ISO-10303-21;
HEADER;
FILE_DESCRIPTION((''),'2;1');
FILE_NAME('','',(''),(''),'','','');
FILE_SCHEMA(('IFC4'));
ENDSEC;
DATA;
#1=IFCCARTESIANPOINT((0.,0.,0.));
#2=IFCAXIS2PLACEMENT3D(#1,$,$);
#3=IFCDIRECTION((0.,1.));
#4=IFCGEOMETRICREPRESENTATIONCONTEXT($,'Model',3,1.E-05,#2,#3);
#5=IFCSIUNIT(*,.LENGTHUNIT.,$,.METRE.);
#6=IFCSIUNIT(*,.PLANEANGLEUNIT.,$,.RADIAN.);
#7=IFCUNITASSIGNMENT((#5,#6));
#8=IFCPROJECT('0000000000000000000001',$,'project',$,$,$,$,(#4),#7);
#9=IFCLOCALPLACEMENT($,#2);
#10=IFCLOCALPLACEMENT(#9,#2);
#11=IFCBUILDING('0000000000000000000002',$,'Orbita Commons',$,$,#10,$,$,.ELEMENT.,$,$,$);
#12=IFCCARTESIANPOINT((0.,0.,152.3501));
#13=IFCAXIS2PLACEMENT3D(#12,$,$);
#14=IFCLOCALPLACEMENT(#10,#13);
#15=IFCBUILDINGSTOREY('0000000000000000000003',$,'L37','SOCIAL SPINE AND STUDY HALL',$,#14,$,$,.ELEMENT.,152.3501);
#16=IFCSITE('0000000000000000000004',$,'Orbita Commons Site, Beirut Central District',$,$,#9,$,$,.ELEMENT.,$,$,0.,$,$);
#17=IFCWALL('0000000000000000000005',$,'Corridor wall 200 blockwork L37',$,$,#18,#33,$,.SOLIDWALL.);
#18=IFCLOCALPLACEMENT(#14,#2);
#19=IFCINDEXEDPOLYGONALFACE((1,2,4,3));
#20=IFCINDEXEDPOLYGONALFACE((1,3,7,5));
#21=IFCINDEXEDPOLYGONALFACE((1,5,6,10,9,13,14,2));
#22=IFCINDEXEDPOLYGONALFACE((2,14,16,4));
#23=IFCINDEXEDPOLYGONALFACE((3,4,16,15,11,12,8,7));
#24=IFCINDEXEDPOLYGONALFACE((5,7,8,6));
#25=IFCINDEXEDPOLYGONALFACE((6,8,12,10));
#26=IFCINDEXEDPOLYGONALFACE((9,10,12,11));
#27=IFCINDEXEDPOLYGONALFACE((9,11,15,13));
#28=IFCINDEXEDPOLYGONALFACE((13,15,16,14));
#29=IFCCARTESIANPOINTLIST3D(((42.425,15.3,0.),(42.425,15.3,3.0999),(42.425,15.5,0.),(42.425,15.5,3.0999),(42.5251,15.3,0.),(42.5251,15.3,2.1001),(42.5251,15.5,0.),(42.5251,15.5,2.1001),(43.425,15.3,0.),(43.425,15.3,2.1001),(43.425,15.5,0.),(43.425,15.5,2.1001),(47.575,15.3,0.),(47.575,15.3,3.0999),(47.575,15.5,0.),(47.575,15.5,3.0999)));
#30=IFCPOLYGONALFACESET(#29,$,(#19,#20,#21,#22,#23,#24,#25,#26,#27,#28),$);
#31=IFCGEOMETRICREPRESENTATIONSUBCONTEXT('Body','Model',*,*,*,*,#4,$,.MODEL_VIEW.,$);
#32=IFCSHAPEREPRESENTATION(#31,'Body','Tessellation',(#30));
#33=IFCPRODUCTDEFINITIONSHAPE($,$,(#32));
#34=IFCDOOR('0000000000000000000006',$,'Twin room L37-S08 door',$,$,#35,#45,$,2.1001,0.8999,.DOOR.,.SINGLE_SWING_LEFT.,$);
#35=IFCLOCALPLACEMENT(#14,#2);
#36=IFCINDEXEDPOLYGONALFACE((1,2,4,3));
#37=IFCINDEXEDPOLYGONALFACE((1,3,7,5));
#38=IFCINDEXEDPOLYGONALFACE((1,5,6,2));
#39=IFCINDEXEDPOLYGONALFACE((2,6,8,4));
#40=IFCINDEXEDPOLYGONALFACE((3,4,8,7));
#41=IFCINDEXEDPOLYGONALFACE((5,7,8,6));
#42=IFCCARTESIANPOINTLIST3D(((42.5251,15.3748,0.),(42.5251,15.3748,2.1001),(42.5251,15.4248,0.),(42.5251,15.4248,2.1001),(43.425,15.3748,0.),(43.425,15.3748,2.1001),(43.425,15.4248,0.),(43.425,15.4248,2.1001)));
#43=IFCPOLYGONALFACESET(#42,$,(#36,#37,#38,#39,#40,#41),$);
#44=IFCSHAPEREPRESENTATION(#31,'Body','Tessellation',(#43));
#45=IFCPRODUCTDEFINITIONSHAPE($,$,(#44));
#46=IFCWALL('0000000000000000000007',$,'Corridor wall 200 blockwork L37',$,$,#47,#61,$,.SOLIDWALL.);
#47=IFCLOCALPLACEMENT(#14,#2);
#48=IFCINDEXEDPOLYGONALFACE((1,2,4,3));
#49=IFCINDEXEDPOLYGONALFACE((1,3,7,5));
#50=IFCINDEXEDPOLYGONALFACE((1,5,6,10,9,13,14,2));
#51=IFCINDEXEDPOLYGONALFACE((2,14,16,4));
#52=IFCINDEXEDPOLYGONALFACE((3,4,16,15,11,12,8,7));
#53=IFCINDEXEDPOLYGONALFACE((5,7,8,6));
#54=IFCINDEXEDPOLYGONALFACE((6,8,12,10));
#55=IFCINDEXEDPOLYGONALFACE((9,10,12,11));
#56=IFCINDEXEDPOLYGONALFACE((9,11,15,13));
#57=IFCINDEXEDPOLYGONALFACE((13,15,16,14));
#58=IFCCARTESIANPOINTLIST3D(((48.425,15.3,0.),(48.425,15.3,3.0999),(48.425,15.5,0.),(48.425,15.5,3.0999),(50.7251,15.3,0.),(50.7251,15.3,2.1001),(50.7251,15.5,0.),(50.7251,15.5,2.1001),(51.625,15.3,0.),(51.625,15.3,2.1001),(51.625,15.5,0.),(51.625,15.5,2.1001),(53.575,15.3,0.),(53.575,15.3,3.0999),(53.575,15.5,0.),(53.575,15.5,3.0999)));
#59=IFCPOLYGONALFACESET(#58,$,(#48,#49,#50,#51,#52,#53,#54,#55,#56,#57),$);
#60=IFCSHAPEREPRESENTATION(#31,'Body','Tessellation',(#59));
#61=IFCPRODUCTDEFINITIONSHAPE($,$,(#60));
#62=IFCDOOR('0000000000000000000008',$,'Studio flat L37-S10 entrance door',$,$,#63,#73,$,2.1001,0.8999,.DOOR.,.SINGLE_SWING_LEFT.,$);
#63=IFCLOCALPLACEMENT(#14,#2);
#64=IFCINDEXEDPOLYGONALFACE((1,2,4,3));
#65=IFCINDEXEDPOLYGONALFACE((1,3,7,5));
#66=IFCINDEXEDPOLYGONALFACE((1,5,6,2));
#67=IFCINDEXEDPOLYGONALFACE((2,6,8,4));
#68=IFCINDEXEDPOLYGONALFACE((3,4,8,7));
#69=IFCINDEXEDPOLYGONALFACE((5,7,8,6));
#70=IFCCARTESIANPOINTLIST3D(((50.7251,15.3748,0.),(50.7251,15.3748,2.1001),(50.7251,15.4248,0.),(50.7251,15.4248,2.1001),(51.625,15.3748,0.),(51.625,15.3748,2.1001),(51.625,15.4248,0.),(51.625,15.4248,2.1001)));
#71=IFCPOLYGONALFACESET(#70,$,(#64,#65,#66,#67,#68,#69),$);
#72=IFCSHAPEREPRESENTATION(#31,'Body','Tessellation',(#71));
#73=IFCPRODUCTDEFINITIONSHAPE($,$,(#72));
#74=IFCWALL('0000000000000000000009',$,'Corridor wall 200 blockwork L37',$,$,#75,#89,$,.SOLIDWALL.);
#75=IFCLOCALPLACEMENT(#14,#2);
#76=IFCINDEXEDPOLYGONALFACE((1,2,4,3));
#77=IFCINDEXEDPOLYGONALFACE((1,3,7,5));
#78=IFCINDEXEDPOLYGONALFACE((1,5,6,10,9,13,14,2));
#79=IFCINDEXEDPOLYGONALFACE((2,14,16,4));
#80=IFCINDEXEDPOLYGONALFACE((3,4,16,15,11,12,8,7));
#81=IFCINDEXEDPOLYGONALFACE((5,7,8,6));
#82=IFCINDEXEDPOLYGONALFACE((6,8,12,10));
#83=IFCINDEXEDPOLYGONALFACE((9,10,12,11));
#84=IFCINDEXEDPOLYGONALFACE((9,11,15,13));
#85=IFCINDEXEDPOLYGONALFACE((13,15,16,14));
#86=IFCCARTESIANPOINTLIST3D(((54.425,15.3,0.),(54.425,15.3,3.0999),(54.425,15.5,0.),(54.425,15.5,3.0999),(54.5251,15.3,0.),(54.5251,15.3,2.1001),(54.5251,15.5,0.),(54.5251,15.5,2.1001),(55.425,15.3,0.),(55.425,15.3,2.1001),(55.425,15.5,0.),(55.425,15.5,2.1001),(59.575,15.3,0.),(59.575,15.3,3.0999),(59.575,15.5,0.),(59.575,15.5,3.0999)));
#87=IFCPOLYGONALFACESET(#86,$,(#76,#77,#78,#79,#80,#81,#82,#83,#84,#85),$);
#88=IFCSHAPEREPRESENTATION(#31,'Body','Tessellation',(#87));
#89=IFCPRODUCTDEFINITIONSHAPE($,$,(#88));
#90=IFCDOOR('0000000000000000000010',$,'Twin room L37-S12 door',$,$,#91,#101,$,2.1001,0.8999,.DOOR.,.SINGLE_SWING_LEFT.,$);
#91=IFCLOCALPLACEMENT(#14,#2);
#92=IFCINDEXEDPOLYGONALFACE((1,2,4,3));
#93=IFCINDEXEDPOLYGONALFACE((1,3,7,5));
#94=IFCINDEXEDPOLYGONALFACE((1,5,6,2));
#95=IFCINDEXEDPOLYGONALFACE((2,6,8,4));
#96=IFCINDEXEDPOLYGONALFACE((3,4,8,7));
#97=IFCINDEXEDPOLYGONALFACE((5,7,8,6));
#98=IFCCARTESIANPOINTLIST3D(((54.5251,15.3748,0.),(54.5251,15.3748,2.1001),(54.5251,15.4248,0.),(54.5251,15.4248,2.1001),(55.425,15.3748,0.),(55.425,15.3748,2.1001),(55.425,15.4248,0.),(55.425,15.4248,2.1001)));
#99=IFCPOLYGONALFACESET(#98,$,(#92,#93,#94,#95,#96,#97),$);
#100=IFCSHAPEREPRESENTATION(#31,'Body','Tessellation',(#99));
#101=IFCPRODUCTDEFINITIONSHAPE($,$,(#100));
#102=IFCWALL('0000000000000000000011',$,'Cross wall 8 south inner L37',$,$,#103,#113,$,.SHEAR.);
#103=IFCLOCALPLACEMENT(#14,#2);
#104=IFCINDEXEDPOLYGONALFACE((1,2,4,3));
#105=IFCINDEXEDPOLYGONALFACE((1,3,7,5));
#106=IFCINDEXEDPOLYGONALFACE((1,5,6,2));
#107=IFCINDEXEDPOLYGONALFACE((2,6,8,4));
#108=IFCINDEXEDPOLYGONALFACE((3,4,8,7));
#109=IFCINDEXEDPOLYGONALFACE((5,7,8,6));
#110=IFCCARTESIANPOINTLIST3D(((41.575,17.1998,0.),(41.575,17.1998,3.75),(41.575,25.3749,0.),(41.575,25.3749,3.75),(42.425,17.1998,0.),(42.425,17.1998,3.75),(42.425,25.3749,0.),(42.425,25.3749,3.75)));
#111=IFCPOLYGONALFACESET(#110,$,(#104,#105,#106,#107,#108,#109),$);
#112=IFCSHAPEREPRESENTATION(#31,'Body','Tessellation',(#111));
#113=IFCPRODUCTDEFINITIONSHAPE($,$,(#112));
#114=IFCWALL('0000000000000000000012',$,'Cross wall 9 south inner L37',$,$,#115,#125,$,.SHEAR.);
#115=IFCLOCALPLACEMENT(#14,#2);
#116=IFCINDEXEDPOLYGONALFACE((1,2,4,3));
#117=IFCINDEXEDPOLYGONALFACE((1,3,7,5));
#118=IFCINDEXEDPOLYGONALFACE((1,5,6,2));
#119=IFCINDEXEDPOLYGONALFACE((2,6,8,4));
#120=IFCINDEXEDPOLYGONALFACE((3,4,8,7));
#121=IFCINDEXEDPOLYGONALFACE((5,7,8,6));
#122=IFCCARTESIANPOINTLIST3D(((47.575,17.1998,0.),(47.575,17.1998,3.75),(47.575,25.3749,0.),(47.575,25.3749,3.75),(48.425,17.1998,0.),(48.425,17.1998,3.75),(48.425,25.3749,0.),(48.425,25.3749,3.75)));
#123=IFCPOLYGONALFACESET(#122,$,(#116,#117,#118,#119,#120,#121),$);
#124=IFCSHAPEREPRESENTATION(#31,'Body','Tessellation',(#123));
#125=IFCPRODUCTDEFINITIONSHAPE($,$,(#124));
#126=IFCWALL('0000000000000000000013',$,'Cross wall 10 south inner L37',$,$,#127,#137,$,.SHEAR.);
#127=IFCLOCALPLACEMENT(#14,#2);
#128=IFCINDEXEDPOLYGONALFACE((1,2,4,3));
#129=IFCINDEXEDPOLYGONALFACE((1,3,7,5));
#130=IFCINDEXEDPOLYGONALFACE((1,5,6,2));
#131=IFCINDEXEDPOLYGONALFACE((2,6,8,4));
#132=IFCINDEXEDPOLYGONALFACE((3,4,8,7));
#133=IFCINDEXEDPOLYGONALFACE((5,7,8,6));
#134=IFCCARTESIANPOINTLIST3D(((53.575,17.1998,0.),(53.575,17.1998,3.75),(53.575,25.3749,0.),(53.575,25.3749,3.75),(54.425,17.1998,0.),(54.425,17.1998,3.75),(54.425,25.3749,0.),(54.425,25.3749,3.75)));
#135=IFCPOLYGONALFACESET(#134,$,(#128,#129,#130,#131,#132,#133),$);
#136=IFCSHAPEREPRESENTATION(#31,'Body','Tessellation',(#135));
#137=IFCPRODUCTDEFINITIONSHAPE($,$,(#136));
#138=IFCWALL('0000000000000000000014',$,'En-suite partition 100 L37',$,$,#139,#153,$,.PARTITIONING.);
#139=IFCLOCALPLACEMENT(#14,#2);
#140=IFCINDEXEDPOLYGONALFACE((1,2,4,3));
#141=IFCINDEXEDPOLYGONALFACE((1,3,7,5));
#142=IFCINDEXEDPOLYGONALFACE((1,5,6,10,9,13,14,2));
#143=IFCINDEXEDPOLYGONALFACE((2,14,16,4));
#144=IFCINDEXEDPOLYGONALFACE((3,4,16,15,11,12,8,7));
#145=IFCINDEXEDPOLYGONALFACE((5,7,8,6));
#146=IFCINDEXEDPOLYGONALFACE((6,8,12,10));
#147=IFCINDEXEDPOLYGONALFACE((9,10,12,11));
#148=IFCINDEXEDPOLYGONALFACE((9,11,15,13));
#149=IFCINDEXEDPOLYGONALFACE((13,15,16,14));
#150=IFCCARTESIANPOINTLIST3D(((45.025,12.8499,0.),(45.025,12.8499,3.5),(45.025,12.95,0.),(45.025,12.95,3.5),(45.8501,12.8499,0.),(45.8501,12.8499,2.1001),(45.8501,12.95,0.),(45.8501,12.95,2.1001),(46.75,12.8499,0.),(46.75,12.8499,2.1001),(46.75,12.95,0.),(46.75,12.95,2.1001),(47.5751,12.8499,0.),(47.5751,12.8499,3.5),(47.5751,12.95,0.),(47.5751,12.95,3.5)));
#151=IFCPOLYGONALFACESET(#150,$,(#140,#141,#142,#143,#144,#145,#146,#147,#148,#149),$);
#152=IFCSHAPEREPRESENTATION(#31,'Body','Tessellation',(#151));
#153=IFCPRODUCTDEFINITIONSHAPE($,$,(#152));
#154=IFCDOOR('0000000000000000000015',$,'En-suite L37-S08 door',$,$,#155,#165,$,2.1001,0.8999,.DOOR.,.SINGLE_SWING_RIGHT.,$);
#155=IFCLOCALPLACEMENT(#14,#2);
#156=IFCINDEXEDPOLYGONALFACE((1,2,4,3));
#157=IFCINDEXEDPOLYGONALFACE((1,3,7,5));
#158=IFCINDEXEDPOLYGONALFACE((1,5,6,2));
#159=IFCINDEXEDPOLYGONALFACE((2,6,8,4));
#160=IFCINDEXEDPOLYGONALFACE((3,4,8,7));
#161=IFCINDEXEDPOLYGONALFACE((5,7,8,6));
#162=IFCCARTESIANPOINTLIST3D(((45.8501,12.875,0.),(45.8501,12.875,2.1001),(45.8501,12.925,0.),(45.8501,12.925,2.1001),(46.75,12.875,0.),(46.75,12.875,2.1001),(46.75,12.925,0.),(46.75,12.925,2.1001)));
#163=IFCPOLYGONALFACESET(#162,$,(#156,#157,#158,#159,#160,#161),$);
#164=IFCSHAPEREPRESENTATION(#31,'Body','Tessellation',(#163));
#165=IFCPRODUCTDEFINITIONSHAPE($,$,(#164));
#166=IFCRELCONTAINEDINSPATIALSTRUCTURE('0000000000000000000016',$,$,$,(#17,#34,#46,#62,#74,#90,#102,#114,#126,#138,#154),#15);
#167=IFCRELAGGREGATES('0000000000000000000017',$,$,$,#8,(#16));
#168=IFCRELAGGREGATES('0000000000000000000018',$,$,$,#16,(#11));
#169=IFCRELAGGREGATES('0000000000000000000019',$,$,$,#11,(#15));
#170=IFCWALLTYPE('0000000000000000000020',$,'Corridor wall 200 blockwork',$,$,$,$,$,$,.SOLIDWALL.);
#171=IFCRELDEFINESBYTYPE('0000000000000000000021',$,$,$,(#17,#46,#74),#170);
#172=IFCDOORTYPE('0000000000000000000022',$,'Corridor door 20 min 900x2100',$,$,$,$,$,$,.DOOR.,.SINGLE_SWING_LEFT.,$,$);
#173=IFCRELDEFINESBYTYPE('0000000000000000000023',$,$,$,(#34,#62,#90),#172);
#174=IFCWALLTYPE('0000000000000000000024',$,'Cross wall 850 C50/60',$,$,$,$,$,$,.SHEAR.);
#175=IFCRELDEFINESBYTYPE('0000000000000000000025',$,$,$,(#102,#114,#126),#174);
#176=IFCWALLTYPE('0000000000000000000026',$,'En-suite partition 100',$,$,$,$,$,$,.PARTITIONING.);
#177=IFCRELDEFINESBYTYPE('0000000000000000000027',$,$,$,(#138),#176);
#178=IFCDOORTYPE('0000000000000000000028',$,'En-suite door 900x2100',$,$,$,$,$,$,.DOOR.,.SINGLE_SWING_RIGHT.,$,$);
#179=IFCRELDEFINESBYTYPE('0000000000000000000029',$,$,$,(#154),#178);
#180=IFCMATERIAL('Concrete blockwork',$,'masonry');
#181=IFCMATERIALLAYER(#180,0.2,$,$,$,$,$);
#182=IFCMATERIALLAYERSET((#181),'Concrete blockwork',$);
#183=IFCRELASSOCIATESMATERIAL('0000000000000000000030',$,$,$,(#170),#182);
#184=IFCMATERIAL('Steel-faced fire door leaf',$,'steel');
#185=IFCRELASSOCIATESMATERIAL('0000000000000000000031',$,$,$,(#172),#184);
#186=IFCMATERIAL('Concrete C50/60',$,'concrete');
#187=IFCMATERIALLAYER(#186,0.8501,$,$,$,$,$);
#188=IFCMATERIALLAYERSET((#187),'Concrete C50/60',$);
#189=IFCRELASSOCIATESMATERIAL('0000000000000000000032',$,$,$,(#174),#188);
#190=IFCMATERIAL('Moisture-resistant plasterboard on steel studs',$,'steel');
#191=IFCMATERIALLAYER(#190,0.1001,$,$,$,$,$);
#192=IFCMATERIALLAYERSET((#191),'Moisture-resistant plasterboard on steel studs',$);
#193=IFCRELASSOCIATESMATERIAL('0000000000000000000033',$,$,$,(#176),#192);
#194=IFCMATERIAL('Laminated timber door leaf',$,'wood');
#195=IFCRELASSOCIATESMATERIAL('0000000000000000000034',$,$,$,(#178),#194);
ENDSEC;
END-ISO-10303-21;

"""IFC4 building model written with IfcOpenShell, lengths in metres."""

from ifc_helpers import new_model, si_unit, direction, frame, frame_2d, origin, place, context, subcontext, project, spatial, polyline, rectangle, outline, extrude, material, layer, layer_set, type_object, element, fill, save


model = new_model("IFC4")

# Units and contexts
model_context = context("Model", 3, precision=1e-05, world=origin(), true_north=direction((0.0, 1.0)))
body_context = subcontext(model_context, "Body", "Model", "MODEL_VIEW")
ifc_project = project(units=[si_unit("LENGTHUNIT", "METRE"), si_unit("PLANEANGLEUNIT", "RADIAN")], contexts=[model_context])

# Site, building, storey
site_placement = place(None, origin())
site = spatial("IfcSite", under=ifc_project, at=site_placement, Name="Orbita Commons Site, Beirut Central District", CompositionType="ELEMENT", RefElevation=0.0)
building_placement = place(site_placement, origin())
building = spatial("IfcBuilding", under=site, at=building_placement, Name="Orbita Commons", CompositionType="ELEMENT")
storey_placement = place(building_placement, frame((0.0, 0.0, 152.3501)))
storey = spatial("IfcBuildingStorey", under=building, at=storey_placement, Name="L37", Description="SOCIAL SPINE AND STUDY HALL", CompositionType="ELEMENT", Elevation=152.3501)

# Walls, openings, doors
ifc_material_1 = material(Name="Concrete blockwork", Category="masonry")
ifc_layer_1 = layer(ifc_material_1, 0.2)
ifc_layer_set_1 = layer_set([ifc_layer_1], Name="Concrete blockwork")
wall_type_1 = type_object("IfcWallType", Name="Corridor wall 200 blockwork", PredefinedType="SOLIDWALL", material=ifc_layer_set_1)
wall_1_placement = place(storey_placement, frame((42.425, 15.3999, 0.0), z_axis=(0.0, 0.0, 1.0), x_axis=(1.0, 0.0, 0.0)))
wall_1 = element("IfcWall", 1, at=wall_1_placement, inside=storey, type_object=wall_type_1, Name="Corridor wall 200 blockwork L37", PredefinedType="SOLIDWALL", context=body_context, shape_type="SweptSolid", body=[
    extrude(outline(polyline([(0.0, 0.0), (5.1499, 0.0), (5.1499, 3.0999), (0.0, 3.0999), (0.0, 0.0)])), frame((0.0, 0.1001, 0.0), z_axis=(0.0, -1.0, 0.0), x_axis=(1.0, 0.0, 0.0)), (0.0, 0.0, 1.0), 0.2),
])
opening_1_placement = place(wall_1_placement, frame((0.1001, 0.0, 0.0)))
opening_1 = element("IfcOpeningElement", 2, at=opening_1_placement, cuts=wall_1, PredefinedType="OPENING", context=body_context, shape_type="SweptSolid", body=[
    extrude(rectangle(XDim=0.8999, YDim=2.1001, at=frame_2d((0.45, 1.05))), frame((0.0, 0.1099, 0.0), z_axis=(0.0, -1.0, 0.0), x_axis=(1.0, 0.0, 0.0)), (0.0, 0.0, 1.0), 0.22),
])
ifc_material_2 = material(Name="Steel-faced fire door leaf", Category="steel")
door_type_1 = type_object("IfcDoorType", Name="Corridor door 20 min 900x2100", OperationType="SINGLE_SWING_LEFT", PredefinedType="DOOR", material=ifc_material_2)
door_1_placement = place(opening_1_placement, origin())
door_1 = element("IfcDoor", 3, at=door_1_placement, inside=storey, type_object=door_type_1, Name="Twin room L37-S08 door", OperationType="SINGLE_SWING_LEFT", OverallHeight=2.1001, OverallWidth=0.8999, PredefinedType="DOOR", context=body_context, shape_type="SweptSolid", body=[
    extrude(rectangle(XDim=0.8999, YDim=2.1001, at=frame_2d((0.45, 1.05))), frame((0.0, 0.0249, 0.0), z_axis=(0.0, -1.0, 0.0), x_axis=(1.0, 0.0, 0.0)), (0.0, 0.0, 1.0), 0.05),
])
fill(opening_1, door_1)
wall_2_placement = place(storey_placement, frame((48.425, 15.3999, 0.0), z_axis=(0.0, 0.0, 1.0), x_axis=(1.0, 0.0, 0.0)))
wall_2 = element("IfcWall", 4, at=wall_2_placement, inside=storey, type_object=wall_type_1, Name="Corridor wall 200 blockwork L37", PredefinedType="SOLIDWALL", context=body_context, shape_type="SweptSolid", body=[
    extrude(outline(polyline([(0.0, 0.0), (5.1499, 0.0), (5.1499, 3.0999), (0.0, 3.0999), (0.0, 0.0)])), frame((0.0, 0.1001, 0.0), z_axis=(0.0, -1.0, 0.0), x_axis=(1.0, 0.0, 0.0)), (0.0, 0.0, 1.0), 0.2),
])
opening_2_placement = place(wall_2_placement, frame((2.3, 0.0, 0.0)))
opening_2 = element("IfcOpeningElement", 5, at=opening_2_placement, cuts=wall_2, PredefinedType="OPENING", context=body_context, shape_type="SweptSolid", body=[
    extrude(rectangle(XDim=0.8999, YDim=2.1001, at=frame_2d((0.45, 1.05))), frame((0.0, 0.1099, 0.0), z_axis=(0.0, -1.0, 0.0), x_axis=(1.0, 0.0, 0.0)), (0.0, 0.0, 1.0), 0.22),
])
door_2_placement = place(opening_2_placement, origin())
door_2 = element("IfcDoor", 6, at=door_2_placement, inside=storey, type_object=door_type_1, Name="Studio flat L37-S10 entrance door", OperationType="SINGLE_SWING_LEFT", OverallHeight=2.1001, OverallWidth=0.8999, PredefinedType="DOOR", context=body_context, shape_type="SweptSolid", body=[
    extrude(rectangle(XDim=0.8999, YDim=2.1001, at=frame_2d((0.45, 1.05))), frame((0.0, 0.0249, 0.0), z_axis=(0.0, -1.0, 0.0), x_axis=(1.0, 0.0, 0.0)), (0.0, 0.0, 1.0), 0.05),
])
fill(opening_2, door_2)
wall_3_placement = place(storey_placement, frame((54.425, 15.3999, 0.0), z_axis=(0.0, 0.0, 1.0), x_axis=(1.0, 0.0, 0.0)))
wall_3 = element("IfcWall", 7, at=wall_3_placement, inside=storey, type_object=wall_type_1, Name="Corridor wall 200 blockwork L37", PredefinedType="SOLIDWALL", context=body_context, shape_type="SweptSolid", body=[
    extrude(outline(polyline([(0.0, 0.0), (5.1499, 0.0), (5.1499, 3.0999), (0.0, 3.0999), (0.0, 0.0)])), frame((0.0, 0.1001, 0.0), z_axis=(0.0, -1.0, 0.0), x_axis=(1.0, 0.0, 0.0)), (0.0, 0.0, 1.0), 0.2),
])
opening_3_placement = place(wall_3_placement, frame((0.1001, 0.0, 0.0)))
opening_3 = element("IfcOpeningElement", 8, at=opening_3_placement, cuts=wall_3, PredefinedType="OPENING", context=body_context, shape_type="SweptSolid", body=[
    extrude(rectangle(XDim=0.8999, YDim=2.1001, at=frame_2d((0.45, 1.05))), frame((0.0, 0.1099, 0.0), z_axis=(0.0, -1.0, 0.0), x_axis=(1.0, 0.0, 0.0)), (0.0, 0.0, 1.0), 0.22),
])
door_3_placement = place(opening_3_placement, origin())
door_3 = element("IfcDoor", 9, at=door_3_placement, inside=storey, type_object=door_type_1, Name="Twin room L37-S12 door", OperationType="SINGLE_SWING_LEFT", OverallHeight=2.1001, OverallWidth=0.8999, PredefinedType="DOOR", context=body_context, shape_type="SweptSolid", body=[
    extrude(rectangle(XDim=0.8999, YDim=2.1001, at=frame_2d((0.45, 1.05))), frame((0.0, 0.0249, 0.0), z_axis=(0.0, -1.0, 0.0), x_axis=(1.0, 0.0, 0.0)), (0.0, 0.0, 1.0), 0.05),
])
fill(opening_3, door_3)

# Walls
ifc_material_3 = material(Name="Concrete C50/60", Category="concrete")
ifc_layer_2 = layer(ifc_material_3, 0.8501)
ifc_layer_set_2 = layer_set([ifc_layer_2], Name="Concrete C50/60")
wall_type_2 = type_object("IfcWallType", Name="Cross wall 850 C50/60", PredefinedType="SHEAR", material=ifc_layer_set_2)
for number, where, z_axis, x_axis, name in (
    (10, (42.0, 17.2, 0.0), (0.0, 0.0, 1.0), (0.0, 1.0, 0.0), "Cross wall 8 south inner L37"),
    (11, (48.0, 17.2, 0.0), (0.0, 0.0, 1.0), (0.0, 1.0, 0.0), "Cross wall 9 south inner L37"),
    (12, (54.0, 17.2, 0.0), (0.0, 0.0, 1.0), (0.0, 1.0, 0.0), "Cross wall 10 south inner L37"),
):
    element("IfcWall", number, at=place(storey_placement, frame(where, z_axis=z_axis, x_axis=x_axis)), inside=storey, type_object=wall_type_2, Name=name, PredefinedType="SHEAR", context=body_context, shape_type="SweptSolid", body=[
        extrude(rectangle(XDim=8.175, YDim=0.8501, at=frame_2d((4.0874, 0.0))), origin(), (0.0, 0.0, 1.0), 3.75),
    ])

# Wall, opening, door
ifc_material_4 = material(Name="Moisture-resistant plasterboard on steel studs", Category="steel")
ifc_layer_3 = layer(ifc_material_4, 0.1001)
ifc_layer_set_3 = layer_set([ifc_layer_3], Name="Moisture-resistant plasterboard on steel studs")
wall_type_3 = type_object("IfcWallType", Name="En-suite partition 100", PredefinedType="PARTITIONING", material=ifc_layer_set_3)
wall_4_placement = place(storey_placement, frame((47.575, 12.8999, 0.0), z_axis=(0.0, 0.0, 1.0), x_axis=(-1.0, 0.0, 0.0)))
wall_4 = element("IfcWall", 13, at=wall_4_placement, inside=storey, type_object=wall_type_3, Name="En-suite partition 100 L37", PredefinedType="PARTITIONING", context=body_context, shape_type="SweptSolid", body=[
    extrude(rectangle(XDim=2.55, YDim=0.1001, at=frame_2d((1.2749, 0.0))), origin(), (0.0, 0.0, 1.0), 3.5),
])
opening_4_placement = place(wall_4_placement, frame((0.825, 0.0, 0.0)))
opening_4 = element("IfcOpeningElement", 14, at=opening_4_placement, cuts=wall_4, PredefinedType="OPENING", context=body_context, shape_type="SweptSolid", body=[
    extrude(rectangle(XDim=0.8999, YDim=2.1001, at=frame_2d((0.45, 1.05))), frame((0.0, 0.0601, 0.0), z_axis=(0.0, -1.0, 0.0), x_axis=(1.0, 0.0, 0.0)), (0.0, 0.0, 1.0), 0.1201),
])
ifc_material_5 = material(Name="Laminated timber door leaf", Category="wood")
door_type_2 = type_object("IfcDoorType", Name="En-suite door 900x2100", OperationType="SINGLE_SWING_RIGHT", PredefinedType="DOOR", material=ifc_material_5)
door_4_placement = place(opening_4_placement, origin())
door_4 = element("IfcDoor", 15, at=door_4_placement, inside=storey, type_object=door_type_2, Name="En-suite L37-S08 door", OperationType="SINGLE_SWING_RIGHT", OverallHeight=2.1001, OverallWidth=0.8999, PredefinedType="DOOR", context=body_context, shape_type="SweptSolid", body=[
    extrude(rectangle(XDim=0.8999, YDim=2.1001, at=frame_2d((0.45, 1.05))), frame((0.0, 0.0249, 0.0), z_axis=(0.0, -1.0, 0.0), x_axis=(1.0, 0.0, 0.0)), (0.0, 0.0, 1.0), 0.05),
])
fill(opening_4, door_4)

save(model, "model.ifc")
